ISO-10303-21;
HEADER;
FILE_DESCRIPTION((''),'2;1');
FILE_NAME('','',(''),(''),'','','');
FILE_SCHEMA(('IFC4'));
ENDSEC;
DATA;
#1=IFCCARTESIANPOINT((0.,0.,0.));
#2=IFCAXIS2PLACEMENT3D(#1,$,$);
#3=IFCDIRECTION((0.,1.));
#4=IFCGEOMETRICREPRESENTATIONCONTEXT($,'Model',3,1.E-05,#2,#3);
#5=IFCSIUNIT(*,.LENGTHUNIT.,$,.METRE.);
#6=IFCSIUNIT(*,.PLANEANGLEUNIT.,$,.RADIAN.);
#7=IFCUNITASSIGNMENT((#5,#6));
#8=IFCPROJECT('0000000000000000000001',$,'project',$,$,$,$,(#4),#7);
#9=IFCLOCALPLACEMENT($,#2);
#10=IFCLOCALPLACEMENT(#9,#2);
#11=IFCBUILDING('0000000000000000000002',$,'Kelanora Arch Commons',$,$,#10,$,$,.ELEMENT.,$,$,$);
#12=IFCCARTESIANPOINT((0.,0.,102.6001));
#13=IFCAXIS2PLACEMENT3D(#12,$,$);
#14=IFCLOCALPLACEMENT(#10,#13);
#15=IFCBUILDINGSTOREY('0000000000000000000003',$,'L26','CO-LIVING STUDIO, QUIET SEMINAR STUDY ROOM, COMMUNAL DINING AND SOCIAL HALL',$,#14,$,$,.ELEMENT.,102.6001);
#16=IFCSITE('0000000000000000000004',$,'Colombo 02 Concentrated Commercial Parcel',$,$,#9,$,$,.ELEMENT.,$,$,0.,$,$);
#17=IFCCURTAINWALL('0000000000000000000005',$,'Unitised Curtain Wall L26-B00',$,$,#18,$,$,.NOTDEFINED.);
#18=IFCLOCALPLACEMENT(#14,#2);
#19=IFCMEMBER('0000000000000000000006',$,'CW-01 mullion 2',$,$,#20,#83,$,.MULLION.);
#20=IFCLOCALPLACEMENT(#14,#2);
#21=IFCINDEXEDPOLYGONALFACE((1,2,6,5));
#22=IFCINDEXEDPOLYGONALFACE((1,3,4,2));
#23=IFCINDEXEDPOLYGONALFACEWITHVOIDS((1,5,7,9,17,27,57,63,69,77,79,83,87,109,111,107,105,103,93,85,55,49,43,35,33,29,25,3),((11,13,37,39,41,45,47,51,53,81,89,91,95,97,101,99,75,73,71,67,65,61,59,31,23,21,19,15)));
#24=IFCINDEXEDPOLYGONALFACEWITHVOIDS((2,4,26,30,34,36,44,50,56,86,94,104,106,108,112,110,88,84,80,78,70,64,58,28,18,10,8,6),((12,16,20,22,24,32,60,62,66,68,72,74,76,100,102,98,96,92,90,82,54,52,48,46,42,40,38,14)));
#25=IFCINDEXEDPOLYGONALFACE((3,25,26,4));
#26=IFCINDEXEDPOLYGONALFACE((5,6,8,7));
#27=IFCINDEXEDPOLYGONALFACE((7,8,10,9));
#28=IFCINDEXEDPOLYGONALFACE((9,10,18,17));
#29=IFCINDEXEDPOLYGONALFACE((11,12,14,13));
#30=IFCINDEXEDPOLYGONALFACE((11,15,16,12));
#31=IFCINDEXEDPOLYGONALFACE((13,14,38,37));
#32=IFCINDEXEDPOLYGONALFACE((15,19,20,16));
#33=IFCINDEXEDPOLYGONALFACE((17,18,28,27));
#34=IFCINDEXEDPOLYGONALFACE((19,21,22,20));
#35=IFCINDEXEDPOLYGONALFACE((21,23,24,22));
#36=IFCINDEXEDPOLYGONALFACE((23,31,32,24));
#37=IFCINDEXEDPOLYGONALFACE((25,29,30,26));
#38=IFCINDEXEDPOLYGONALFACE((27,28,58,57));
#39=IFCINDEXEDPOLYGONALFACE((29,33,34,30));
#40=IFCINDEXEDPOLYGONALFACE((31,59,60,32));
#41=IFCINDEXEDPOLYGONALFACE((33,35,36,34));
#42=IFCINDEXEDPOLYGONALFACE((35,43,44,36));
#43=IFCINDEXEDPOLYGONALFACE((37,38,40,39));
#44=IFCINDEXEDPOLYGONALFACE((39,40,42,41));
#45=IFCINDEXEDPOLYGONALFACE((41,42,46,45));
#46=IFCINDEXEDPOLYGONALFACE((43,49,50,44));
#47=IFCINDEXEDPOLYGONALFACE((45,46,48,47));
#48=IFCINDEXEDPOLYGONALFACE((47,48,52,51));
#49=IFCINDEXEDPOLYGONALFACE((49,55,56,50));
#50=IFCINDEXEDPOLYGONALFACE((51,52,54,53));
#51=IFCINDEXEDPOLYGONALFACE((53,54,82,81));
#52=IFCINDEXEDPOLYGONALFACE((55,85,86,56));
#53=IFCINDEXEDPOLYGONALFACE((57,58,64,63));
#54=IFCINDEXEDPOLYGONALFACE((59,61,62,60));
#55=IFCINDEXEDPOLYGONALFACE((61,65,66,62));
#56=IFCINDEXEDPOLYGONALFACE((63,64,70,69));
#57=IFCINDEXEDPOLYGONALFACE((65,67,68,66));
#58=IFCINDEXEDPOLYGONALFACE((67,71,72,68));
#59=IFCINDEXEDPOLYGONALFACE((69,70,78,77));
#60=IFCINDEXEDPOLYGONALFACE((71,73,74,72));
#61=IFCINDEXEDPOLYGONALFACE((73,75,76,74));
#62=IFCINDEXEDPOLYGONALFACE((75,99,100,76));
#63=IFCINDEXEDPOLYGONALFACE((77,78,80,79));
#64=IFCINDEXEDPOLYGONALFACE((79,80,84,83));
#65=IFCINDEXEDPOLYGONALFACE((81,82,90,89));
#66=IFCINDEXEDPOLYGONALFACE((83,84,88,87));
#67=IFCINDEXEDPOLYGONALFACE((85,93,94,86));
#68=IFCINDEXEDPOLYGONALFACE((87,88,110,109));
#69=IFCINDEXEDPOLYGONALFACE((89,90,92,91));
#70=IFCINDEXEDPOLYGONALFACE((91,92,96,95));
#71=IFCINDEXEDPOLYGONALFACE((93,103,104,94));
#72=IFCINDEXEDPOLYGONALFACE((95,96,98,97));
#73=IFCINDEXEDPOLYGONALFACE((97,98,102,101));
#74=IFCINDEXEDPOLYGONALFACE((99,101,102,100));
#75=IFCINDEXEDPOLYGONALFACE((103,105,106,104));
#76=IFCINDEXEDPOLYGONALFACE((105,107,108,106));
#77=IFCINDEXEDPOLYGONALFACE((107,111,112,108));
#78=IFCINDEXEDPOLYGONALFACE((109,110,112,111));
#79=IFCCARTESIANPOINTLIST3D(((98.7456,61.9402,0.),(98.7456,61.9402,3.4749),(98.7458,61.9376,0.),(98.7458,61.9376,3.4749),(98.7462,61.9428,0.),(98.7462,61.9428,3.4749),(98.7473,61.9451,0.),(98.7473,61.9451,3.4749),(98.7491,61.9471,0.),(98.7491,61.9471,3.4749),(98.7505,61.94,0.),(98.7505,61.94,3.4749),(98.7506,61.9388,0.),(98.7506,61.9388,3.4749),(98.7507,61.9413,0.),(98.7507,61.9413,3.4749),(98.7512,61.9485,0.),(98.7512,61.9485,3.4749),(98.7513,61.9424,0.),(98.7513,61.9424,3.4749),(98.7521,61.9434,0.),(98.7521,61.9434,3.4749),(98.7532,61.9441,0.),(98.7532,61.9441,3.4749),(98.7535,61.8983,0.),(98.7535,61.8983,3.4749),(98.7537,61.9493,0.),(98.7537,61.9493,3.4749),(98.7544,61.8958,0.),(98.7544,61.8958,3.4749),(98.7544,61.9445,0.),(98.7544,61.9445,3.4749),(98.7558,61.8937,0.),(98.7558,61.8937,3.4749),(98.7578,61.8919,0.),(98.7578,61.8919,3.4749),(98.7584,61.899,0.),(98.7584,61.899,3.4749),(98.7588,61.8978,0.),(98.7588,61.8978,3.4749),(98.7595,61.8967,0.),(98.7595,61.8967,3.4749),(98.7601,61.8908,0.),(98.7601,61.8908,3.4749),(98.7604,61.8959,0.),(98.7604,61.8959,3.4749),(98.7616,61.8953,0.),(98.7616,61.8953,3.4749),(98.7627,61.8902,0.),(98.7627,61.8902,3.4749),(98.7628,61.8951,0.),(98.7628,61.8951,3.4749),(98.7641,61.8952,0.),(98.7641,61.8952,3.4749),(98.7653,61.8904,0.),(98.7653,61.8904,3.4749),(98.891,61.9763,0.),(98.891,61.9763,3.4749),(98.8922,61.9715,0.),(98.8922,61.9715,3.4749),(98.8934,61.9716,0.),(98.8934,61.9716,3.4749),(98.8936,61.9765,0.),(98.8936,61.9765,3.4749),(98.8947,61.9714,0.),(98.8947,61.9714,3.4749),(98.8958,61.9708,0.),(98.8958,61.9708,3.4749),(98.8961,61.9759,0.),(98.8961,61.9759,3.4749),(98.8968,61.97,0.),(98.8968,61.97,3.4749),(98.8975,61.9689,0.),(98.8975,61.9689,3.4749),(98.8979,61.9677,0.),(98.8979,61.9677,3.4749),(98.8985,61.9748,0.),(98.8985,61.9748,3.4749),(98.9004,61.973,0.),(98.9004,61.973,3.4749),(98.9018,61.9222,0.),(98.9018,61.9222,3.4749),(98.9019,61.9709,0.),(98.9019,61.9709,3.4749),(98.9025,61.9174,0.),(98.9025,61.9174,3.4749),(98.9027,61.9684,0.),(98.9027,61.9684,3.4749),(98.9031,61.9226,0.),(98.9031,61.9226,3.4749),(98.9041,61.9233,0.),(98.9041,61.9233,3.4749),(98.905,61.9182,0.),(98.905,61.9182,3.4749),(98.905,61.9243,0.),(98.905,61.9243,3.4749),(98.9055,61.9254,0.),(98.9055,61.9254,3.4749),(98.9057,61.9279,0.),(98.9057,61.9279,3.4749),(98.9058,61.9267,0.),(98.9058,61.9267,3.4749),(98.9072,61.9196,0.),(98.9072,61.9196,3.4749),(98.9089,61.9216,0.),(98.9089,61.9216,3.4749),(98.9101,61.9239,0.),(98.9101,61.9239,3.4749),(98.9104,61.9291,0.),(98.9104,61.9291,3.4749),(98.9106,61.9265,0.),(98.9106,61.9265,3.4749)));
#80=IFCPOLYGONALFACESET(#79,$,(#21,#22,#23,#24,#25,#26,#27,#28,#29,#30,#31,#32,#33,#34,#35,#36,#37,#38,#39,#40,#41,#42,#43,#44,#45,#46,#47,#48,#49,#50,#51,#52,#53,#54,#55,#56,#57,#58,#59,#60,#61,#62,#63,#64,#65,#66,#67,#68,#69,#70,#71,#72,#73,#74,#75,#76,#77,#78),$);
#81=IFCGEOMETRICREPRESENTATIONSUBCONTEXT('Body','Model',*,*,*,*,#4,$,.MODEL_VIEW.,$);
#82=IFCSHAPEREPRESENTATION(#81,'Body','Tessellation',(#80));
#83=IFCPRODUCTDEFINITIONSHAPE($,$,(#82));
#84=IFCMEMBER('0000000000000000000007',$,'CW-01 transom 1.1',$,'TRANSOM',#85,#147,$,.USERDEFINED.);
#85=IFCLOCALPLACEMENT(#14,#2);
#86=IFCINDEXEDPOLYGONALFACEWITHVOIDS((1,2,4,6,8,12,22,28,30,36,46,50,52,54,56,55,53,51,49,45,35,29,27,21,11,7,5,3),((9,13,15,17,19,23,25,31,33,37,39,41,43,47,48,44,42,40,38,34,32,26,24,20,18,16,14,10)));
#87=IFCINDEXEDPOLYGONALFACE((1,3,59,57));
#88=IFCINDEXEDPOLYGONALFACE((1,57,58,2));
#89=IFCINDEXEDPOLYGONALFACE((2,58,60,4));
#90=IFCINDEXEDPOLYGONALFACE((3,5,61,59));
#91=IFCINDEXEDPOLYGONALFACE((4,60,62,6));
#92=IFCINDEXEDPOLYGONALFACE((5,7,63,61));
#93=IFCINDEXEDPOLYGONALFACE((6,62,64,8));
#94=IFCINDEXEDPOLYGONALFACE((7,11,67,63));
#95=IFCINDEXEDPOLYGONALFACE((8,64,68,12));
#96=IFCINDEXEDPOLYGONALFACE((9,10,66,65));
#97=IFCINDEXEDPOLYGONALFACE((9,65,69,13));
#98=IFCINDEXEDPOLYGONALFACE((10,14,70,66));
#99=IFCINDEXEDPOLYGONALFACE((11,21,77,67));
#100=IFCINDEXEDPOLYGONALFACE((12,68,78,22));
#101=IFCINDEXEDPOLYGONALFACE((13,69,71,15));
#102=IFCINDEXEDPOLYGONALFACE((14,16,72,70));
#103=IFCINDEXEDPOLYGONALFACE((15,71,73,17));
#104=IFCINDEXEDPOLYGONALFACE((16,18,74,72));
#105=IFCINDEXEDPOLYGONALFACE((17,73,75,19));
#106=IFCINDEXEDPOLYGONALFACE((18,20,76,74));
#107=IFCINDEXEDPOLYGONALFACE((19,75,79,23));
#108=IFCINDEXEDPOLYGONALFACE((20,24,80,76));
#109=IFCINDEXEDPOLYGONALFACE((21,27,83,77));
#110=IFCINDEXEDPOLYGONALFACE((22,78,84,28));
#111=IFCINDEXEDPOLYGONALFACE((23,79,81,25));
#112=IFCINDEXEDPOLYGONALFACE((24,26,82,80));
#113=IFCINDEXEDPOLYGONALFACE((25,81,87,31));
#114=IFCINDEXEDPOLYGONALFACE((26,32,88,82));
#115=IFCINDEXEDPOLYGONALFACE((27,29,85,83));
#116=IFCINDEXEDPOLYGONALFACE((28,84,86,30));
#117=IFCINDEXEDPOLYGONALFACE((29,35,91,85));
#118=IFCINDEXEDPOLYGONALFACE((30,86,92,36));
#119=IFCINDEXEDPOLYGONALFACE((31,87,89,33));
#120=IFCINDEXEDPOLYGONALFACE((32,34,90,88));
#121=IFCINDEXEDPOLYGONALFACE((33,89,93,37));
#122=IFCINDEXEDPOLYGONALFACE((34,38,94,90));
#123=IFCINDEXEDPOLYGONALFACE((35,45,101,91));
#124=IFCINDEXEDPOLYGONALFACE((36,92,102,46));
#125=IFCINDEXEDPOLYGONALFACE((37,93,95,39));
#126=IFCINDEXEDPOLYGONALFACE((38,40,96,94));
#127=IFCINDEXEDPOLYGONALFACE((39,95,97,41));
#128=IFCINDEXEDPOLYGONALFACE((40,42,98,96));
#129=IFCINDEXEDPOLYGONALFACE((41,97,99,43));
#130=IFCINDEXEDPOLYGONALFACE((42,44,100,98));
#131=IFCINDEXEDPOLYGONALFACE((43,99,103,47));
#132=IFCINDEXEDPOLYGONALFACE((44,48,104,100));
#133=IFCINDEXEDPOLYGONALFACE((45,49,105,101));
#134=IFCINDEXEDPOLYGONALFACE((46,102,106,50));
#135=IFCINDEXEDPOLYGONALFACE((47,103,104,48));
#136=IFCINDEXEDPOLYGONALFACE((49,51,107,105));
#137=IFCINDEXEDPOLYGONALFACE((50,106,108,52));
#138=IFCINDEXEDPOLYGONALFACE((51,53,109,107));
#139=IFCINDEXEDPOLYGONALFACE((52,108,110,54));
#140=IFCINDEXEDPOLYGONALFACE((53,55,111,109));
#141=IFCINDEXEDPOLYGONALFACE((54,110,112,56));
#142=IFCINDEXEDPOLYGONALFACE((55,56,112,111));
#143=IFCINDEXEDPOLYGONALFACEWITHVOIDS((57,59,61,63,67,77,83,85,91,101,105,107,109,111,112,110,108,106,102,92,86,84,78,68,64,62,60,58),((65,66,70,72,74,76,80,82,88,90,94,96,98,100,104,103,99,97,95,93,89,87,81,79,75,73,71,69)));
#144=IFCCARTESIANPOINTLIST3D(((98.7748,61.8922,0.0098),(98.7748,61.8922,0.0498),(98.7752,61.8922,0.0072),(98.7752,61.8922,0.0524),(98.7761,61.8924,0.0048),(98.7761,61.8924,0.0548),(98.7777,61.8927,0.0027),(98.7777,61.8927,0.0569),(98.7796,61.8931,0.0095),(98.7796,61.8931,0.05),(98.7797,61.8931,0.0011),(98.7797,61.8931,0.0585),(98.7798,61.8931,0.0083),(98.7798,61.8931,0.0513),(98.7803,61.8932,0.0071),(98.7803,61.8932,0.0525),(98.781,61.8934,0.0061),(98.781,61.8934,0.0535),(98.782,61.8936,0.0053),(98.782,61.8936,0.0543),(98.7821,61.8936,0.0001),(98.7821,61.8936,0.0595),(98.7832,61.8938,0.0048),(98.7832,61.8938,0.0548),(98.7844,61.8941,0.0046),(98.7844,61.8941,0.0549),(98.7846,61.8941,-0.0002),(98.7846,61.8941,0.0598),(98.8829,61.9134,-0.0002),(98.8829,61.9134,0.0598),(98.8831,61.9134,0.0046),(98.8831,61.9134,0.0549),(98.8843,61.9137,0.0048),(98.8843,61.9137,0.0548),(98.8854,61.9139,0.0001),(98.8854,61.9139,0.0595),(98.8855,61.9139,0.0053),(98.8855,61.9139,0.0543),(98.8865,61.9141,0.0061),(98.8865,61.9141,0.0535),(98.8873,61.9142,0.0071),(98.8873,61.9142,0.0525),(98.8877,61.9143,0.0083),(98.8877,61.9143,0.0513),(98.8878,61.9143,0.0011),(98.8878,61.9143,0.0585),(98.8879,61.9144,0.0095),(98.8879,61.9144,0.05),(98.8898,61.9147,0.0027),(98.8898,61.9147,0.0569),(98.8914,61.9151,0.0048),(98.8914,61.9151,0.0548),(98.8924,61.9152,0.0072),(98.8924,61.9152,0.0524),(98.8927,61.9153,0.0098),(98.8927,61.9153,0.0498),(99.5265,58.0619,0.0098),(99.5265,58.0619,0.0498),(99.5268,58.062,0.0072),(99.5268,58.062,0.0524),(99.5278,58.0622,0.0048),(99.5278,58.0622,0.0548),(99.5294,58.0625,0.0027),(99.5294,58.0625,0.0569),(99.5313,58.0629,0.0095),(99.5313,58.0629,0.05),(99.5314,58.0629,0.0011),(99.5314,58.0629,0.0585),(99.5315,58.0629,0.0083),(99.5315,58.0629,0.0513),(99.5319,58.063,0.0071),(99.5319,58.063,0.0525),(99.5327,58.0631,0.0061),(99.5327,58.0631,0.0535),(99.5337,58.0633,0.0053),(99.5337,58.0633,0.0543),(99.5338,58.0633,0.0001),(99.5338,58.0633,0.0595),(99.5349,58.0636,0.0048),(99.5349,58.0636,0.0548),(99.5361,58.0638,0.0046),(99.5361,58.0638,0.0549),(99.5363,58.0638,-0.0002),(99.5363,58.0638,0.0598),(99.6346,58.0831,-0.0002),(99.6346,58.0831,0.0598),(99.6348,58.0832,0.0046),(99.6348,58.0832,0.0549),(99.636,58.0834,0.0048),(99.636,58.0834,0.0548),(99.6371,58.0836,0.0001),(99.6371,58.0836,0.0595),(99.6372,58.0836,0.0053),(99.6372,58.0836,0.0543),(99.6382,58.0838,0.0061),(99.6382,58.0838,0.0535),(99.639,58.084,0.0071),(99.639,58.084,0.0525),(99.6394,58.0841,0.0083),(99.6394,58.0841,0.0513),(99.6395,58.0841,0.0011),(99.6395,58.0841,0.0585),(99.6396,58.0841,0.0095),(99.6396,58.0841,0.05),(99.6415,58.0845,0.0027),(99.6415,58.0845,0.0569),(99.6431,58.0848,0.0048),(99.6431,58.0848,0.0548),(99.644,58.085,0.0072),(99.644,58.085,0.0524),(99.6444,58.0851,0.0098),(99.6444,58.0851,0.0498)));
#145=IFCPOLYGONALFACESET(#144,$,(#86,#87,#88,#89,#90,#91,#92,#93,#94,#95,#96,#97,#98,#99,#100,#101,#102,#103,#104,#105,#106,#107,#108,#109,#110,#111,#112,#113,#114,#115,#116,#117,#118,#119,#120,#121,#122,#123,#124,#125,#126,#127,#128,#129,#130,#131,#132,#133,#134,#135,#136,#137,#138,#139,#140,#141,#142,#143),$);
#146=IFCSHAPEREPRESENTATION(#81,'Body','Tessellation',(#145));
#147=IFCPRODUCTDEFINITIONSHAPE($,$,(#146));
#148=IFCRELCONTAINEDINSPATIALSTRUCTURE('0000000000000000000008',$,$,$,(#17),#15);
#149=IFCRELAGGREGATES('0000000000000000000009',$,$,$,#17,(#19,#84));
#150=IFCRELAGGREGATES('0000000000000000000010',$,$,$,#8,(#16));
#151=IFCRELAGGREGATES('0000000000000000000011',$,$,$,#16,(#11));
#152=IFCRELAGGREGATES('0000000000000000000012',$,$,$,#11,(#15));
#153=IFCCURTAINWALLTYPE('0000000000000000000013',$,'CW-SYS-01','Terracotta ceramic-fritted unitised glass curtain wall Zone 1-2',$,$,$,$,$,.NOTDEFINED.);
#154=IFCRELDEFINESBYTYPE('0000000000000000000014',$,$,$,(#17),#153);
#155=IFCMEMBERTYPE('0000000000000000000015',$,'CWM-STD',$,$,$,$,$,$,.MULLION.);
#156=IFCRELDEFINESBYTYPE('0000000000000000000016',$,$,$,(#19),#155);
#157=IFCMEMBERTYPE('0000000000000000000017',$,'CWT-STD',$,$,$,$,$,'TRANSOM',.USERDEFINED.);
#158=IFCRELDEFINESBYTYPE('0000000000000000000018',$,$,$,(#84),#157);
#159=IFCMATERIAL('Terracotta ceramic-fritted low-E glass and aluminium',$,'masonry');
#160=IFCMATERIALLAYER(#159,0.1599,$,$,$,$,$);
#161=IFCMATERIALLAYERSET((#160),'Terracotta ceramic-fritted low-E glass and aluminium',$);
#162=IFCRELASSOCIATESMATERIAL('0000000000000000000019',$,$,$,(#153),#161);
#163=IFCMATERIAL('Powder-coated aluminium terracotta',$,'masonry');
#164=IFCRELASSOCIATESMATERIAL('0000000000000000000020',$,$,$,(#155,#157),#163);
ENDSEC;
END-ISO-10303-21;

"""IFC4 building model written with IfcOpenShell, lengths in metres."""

from ifc_helpers import new_model, si_unit, direction, frame, origin, origin_2d, place, context, subcontext, project, spatial, hollow_rectangle, extrude, material, layer, layer_set, material_profile, profile_set, type_object, element, aggregate, save


model = new_model("IFC4")

# Units and contexts
model_context = context("Model", 3, precision=1e-05, world=origin(), true_north=direction((0.0, 1.0)))
body_context = subcontext(model_context, "Body", "Model", "MODEL_VIEW")
ifc_project = project(units=[si_unit("LENGTHUNIT", "METRE"), si_unit("PLANEANGLEUNIT", "RADIAN")], contexts=[model_context])

# Site, building, storey
site_placement = place(None, origin())
site = spatial("IfcSite", under=ifc_project, at=site_placement, Name="Colombo 02 Concentrated Commercial Parcel", CompositionType="ELEMENT", RefElevation=0.0)
building_placement = place(site_placement, origin())
building = spatial("IfcBuilding", under=site, at=building_placement, Name="Kelanora Arch Commons", CompositionType="ELEMENT")
storey_placement = place(building_placement, frame((0.0, 0.0, 102.6001)))
storey = spatial("IfcBuildingStorey", under=building, at=storey_placement, Name="L26", Description="CO-LIVING STUDIO, QUIET SEMINAR STUDY ROOM, COMMUNAL DINING AND SOCIAL HALL", CompositionType="ELEMENT", Elevation=102.6001)

# Curtain wall, members
ifc_material_1 = material(Name="Terracotta ceramic-fritted low-E glass and aluminium", Category="masonry")
ifc_layer_1 = layer(ifc_material_1, 0.1599)
ifc_layer_set_1 = layer_set([ifc_layer_1], Name="Terracotta ceramic-fritted low-E glass and aluminium")
curtain_wall_type = type_object("IfcCurtainWallType", Name="CW-SYS-01", Description="Terracotta ceramic-fritted unitised glass curtain wall Zone 1-2", PredefinedType="NOTDEFINED", material=ifc_layer_set_1)
curtain_wall_placement = place(storey_placement, origin())
curtain_wall = element("IfcCurtainWall", 1, at=curtain_wall_placement, inside=storey, type_object=curtain_wall_type, Name="Unitised Curtain Wall L26-B00", PredefinedType="NOTDEFINED")
ifc_material_2 = material(Name="Powder-coated aluminium terracotta", Category="masonry")
ifc_material_profile_1 = material_profile(ifc_material_2, hollow_rectangle(XDim=0.1599, YDim=0.0601, WallThickness=0.0049, InnerFilletRadius=0.0049, OuterFilletRadius=0.01, at=origin_2d()), Name="CWM160x60")
ifc_profile_set_1 = profile_set([ifc_material_profile_1], Name="Powder-coated aluminium terracotta")
member_type_1 = type_object("IfcMemberType", Name="CWM-STD", PredefinedType="MULLION", material=ifc_profile_set_1)
member_1_placement = place(storey_placement, frame((98.8281, 61.9333, 0.0), z_axis=(0.0, 0.0, 1.0), x_axis=(-0.98128, -0.192585, 0.0)))
member_1 = element("IfcMember", 2, at=member_1_placement, type_object=member_type_1, Name="CW-01 mullion 2", PredefinedType="MULLION", context=body_context, shape_type="SweptSolid", body=[
    extrude(hollow_rectangle(XDim=0.1599, YDim=0.0601, WallThickness=0.0049, InnerFilletRadius=0.0049, OuterFilletRadius=0.01, at=origin_2d()), origin(), (0.0, 0.0, 1.0), 3.4749),
])
ifc_material_profile_2 = material_profile(ifc_material_2, hollow_rectangle(XDim=0.1201, YDim=0.0601, WallThickness=0.0049, InnerFilletRadius=0.0049, OuterFilletRadius=0.01, at=origin_2d()), Name="CWT120x60")
ifc_profile_set_2 = profile_set([ifc_material_profile_2], Name="Powder-coated aluminium terracotta")
member_type_2 = type_object("IfcMemberType", Name="CWT-STD", ElementType="TRANSOM", PredefinedType="USERDEFINED", material=ifc_profile_set_2)
member_2_placement = place(storey_placement, frame((99.5854, 58.0735, 0.0298), z_axis=(-0.192579, 0.981282, 0.0), x_axis=(-0.981282, -0.192579, 0.0)))
member_2 = element("IfcMember", 3, at=member_2_placement, type_object=member_type_2, Name="CW-01 transom 1.1", ObjectType="TRANSOM", PredefinedType="USERDEFINED", context=body_context, shape_type="SweptSolid", body=[
    extrude(hollow_rectangle(XDim=0.1201, YDim=0.0601, WallThickness=0.0049, InnerFilletRadius=0.0049, OuterFilletRadius=0.01, at=origin_2d()), origin(), (0.0, 0.0, 1.0), 3.9033),
])
aggregate(curtain_wall, [member_1, member_2])

save(model, "model.ifc")
